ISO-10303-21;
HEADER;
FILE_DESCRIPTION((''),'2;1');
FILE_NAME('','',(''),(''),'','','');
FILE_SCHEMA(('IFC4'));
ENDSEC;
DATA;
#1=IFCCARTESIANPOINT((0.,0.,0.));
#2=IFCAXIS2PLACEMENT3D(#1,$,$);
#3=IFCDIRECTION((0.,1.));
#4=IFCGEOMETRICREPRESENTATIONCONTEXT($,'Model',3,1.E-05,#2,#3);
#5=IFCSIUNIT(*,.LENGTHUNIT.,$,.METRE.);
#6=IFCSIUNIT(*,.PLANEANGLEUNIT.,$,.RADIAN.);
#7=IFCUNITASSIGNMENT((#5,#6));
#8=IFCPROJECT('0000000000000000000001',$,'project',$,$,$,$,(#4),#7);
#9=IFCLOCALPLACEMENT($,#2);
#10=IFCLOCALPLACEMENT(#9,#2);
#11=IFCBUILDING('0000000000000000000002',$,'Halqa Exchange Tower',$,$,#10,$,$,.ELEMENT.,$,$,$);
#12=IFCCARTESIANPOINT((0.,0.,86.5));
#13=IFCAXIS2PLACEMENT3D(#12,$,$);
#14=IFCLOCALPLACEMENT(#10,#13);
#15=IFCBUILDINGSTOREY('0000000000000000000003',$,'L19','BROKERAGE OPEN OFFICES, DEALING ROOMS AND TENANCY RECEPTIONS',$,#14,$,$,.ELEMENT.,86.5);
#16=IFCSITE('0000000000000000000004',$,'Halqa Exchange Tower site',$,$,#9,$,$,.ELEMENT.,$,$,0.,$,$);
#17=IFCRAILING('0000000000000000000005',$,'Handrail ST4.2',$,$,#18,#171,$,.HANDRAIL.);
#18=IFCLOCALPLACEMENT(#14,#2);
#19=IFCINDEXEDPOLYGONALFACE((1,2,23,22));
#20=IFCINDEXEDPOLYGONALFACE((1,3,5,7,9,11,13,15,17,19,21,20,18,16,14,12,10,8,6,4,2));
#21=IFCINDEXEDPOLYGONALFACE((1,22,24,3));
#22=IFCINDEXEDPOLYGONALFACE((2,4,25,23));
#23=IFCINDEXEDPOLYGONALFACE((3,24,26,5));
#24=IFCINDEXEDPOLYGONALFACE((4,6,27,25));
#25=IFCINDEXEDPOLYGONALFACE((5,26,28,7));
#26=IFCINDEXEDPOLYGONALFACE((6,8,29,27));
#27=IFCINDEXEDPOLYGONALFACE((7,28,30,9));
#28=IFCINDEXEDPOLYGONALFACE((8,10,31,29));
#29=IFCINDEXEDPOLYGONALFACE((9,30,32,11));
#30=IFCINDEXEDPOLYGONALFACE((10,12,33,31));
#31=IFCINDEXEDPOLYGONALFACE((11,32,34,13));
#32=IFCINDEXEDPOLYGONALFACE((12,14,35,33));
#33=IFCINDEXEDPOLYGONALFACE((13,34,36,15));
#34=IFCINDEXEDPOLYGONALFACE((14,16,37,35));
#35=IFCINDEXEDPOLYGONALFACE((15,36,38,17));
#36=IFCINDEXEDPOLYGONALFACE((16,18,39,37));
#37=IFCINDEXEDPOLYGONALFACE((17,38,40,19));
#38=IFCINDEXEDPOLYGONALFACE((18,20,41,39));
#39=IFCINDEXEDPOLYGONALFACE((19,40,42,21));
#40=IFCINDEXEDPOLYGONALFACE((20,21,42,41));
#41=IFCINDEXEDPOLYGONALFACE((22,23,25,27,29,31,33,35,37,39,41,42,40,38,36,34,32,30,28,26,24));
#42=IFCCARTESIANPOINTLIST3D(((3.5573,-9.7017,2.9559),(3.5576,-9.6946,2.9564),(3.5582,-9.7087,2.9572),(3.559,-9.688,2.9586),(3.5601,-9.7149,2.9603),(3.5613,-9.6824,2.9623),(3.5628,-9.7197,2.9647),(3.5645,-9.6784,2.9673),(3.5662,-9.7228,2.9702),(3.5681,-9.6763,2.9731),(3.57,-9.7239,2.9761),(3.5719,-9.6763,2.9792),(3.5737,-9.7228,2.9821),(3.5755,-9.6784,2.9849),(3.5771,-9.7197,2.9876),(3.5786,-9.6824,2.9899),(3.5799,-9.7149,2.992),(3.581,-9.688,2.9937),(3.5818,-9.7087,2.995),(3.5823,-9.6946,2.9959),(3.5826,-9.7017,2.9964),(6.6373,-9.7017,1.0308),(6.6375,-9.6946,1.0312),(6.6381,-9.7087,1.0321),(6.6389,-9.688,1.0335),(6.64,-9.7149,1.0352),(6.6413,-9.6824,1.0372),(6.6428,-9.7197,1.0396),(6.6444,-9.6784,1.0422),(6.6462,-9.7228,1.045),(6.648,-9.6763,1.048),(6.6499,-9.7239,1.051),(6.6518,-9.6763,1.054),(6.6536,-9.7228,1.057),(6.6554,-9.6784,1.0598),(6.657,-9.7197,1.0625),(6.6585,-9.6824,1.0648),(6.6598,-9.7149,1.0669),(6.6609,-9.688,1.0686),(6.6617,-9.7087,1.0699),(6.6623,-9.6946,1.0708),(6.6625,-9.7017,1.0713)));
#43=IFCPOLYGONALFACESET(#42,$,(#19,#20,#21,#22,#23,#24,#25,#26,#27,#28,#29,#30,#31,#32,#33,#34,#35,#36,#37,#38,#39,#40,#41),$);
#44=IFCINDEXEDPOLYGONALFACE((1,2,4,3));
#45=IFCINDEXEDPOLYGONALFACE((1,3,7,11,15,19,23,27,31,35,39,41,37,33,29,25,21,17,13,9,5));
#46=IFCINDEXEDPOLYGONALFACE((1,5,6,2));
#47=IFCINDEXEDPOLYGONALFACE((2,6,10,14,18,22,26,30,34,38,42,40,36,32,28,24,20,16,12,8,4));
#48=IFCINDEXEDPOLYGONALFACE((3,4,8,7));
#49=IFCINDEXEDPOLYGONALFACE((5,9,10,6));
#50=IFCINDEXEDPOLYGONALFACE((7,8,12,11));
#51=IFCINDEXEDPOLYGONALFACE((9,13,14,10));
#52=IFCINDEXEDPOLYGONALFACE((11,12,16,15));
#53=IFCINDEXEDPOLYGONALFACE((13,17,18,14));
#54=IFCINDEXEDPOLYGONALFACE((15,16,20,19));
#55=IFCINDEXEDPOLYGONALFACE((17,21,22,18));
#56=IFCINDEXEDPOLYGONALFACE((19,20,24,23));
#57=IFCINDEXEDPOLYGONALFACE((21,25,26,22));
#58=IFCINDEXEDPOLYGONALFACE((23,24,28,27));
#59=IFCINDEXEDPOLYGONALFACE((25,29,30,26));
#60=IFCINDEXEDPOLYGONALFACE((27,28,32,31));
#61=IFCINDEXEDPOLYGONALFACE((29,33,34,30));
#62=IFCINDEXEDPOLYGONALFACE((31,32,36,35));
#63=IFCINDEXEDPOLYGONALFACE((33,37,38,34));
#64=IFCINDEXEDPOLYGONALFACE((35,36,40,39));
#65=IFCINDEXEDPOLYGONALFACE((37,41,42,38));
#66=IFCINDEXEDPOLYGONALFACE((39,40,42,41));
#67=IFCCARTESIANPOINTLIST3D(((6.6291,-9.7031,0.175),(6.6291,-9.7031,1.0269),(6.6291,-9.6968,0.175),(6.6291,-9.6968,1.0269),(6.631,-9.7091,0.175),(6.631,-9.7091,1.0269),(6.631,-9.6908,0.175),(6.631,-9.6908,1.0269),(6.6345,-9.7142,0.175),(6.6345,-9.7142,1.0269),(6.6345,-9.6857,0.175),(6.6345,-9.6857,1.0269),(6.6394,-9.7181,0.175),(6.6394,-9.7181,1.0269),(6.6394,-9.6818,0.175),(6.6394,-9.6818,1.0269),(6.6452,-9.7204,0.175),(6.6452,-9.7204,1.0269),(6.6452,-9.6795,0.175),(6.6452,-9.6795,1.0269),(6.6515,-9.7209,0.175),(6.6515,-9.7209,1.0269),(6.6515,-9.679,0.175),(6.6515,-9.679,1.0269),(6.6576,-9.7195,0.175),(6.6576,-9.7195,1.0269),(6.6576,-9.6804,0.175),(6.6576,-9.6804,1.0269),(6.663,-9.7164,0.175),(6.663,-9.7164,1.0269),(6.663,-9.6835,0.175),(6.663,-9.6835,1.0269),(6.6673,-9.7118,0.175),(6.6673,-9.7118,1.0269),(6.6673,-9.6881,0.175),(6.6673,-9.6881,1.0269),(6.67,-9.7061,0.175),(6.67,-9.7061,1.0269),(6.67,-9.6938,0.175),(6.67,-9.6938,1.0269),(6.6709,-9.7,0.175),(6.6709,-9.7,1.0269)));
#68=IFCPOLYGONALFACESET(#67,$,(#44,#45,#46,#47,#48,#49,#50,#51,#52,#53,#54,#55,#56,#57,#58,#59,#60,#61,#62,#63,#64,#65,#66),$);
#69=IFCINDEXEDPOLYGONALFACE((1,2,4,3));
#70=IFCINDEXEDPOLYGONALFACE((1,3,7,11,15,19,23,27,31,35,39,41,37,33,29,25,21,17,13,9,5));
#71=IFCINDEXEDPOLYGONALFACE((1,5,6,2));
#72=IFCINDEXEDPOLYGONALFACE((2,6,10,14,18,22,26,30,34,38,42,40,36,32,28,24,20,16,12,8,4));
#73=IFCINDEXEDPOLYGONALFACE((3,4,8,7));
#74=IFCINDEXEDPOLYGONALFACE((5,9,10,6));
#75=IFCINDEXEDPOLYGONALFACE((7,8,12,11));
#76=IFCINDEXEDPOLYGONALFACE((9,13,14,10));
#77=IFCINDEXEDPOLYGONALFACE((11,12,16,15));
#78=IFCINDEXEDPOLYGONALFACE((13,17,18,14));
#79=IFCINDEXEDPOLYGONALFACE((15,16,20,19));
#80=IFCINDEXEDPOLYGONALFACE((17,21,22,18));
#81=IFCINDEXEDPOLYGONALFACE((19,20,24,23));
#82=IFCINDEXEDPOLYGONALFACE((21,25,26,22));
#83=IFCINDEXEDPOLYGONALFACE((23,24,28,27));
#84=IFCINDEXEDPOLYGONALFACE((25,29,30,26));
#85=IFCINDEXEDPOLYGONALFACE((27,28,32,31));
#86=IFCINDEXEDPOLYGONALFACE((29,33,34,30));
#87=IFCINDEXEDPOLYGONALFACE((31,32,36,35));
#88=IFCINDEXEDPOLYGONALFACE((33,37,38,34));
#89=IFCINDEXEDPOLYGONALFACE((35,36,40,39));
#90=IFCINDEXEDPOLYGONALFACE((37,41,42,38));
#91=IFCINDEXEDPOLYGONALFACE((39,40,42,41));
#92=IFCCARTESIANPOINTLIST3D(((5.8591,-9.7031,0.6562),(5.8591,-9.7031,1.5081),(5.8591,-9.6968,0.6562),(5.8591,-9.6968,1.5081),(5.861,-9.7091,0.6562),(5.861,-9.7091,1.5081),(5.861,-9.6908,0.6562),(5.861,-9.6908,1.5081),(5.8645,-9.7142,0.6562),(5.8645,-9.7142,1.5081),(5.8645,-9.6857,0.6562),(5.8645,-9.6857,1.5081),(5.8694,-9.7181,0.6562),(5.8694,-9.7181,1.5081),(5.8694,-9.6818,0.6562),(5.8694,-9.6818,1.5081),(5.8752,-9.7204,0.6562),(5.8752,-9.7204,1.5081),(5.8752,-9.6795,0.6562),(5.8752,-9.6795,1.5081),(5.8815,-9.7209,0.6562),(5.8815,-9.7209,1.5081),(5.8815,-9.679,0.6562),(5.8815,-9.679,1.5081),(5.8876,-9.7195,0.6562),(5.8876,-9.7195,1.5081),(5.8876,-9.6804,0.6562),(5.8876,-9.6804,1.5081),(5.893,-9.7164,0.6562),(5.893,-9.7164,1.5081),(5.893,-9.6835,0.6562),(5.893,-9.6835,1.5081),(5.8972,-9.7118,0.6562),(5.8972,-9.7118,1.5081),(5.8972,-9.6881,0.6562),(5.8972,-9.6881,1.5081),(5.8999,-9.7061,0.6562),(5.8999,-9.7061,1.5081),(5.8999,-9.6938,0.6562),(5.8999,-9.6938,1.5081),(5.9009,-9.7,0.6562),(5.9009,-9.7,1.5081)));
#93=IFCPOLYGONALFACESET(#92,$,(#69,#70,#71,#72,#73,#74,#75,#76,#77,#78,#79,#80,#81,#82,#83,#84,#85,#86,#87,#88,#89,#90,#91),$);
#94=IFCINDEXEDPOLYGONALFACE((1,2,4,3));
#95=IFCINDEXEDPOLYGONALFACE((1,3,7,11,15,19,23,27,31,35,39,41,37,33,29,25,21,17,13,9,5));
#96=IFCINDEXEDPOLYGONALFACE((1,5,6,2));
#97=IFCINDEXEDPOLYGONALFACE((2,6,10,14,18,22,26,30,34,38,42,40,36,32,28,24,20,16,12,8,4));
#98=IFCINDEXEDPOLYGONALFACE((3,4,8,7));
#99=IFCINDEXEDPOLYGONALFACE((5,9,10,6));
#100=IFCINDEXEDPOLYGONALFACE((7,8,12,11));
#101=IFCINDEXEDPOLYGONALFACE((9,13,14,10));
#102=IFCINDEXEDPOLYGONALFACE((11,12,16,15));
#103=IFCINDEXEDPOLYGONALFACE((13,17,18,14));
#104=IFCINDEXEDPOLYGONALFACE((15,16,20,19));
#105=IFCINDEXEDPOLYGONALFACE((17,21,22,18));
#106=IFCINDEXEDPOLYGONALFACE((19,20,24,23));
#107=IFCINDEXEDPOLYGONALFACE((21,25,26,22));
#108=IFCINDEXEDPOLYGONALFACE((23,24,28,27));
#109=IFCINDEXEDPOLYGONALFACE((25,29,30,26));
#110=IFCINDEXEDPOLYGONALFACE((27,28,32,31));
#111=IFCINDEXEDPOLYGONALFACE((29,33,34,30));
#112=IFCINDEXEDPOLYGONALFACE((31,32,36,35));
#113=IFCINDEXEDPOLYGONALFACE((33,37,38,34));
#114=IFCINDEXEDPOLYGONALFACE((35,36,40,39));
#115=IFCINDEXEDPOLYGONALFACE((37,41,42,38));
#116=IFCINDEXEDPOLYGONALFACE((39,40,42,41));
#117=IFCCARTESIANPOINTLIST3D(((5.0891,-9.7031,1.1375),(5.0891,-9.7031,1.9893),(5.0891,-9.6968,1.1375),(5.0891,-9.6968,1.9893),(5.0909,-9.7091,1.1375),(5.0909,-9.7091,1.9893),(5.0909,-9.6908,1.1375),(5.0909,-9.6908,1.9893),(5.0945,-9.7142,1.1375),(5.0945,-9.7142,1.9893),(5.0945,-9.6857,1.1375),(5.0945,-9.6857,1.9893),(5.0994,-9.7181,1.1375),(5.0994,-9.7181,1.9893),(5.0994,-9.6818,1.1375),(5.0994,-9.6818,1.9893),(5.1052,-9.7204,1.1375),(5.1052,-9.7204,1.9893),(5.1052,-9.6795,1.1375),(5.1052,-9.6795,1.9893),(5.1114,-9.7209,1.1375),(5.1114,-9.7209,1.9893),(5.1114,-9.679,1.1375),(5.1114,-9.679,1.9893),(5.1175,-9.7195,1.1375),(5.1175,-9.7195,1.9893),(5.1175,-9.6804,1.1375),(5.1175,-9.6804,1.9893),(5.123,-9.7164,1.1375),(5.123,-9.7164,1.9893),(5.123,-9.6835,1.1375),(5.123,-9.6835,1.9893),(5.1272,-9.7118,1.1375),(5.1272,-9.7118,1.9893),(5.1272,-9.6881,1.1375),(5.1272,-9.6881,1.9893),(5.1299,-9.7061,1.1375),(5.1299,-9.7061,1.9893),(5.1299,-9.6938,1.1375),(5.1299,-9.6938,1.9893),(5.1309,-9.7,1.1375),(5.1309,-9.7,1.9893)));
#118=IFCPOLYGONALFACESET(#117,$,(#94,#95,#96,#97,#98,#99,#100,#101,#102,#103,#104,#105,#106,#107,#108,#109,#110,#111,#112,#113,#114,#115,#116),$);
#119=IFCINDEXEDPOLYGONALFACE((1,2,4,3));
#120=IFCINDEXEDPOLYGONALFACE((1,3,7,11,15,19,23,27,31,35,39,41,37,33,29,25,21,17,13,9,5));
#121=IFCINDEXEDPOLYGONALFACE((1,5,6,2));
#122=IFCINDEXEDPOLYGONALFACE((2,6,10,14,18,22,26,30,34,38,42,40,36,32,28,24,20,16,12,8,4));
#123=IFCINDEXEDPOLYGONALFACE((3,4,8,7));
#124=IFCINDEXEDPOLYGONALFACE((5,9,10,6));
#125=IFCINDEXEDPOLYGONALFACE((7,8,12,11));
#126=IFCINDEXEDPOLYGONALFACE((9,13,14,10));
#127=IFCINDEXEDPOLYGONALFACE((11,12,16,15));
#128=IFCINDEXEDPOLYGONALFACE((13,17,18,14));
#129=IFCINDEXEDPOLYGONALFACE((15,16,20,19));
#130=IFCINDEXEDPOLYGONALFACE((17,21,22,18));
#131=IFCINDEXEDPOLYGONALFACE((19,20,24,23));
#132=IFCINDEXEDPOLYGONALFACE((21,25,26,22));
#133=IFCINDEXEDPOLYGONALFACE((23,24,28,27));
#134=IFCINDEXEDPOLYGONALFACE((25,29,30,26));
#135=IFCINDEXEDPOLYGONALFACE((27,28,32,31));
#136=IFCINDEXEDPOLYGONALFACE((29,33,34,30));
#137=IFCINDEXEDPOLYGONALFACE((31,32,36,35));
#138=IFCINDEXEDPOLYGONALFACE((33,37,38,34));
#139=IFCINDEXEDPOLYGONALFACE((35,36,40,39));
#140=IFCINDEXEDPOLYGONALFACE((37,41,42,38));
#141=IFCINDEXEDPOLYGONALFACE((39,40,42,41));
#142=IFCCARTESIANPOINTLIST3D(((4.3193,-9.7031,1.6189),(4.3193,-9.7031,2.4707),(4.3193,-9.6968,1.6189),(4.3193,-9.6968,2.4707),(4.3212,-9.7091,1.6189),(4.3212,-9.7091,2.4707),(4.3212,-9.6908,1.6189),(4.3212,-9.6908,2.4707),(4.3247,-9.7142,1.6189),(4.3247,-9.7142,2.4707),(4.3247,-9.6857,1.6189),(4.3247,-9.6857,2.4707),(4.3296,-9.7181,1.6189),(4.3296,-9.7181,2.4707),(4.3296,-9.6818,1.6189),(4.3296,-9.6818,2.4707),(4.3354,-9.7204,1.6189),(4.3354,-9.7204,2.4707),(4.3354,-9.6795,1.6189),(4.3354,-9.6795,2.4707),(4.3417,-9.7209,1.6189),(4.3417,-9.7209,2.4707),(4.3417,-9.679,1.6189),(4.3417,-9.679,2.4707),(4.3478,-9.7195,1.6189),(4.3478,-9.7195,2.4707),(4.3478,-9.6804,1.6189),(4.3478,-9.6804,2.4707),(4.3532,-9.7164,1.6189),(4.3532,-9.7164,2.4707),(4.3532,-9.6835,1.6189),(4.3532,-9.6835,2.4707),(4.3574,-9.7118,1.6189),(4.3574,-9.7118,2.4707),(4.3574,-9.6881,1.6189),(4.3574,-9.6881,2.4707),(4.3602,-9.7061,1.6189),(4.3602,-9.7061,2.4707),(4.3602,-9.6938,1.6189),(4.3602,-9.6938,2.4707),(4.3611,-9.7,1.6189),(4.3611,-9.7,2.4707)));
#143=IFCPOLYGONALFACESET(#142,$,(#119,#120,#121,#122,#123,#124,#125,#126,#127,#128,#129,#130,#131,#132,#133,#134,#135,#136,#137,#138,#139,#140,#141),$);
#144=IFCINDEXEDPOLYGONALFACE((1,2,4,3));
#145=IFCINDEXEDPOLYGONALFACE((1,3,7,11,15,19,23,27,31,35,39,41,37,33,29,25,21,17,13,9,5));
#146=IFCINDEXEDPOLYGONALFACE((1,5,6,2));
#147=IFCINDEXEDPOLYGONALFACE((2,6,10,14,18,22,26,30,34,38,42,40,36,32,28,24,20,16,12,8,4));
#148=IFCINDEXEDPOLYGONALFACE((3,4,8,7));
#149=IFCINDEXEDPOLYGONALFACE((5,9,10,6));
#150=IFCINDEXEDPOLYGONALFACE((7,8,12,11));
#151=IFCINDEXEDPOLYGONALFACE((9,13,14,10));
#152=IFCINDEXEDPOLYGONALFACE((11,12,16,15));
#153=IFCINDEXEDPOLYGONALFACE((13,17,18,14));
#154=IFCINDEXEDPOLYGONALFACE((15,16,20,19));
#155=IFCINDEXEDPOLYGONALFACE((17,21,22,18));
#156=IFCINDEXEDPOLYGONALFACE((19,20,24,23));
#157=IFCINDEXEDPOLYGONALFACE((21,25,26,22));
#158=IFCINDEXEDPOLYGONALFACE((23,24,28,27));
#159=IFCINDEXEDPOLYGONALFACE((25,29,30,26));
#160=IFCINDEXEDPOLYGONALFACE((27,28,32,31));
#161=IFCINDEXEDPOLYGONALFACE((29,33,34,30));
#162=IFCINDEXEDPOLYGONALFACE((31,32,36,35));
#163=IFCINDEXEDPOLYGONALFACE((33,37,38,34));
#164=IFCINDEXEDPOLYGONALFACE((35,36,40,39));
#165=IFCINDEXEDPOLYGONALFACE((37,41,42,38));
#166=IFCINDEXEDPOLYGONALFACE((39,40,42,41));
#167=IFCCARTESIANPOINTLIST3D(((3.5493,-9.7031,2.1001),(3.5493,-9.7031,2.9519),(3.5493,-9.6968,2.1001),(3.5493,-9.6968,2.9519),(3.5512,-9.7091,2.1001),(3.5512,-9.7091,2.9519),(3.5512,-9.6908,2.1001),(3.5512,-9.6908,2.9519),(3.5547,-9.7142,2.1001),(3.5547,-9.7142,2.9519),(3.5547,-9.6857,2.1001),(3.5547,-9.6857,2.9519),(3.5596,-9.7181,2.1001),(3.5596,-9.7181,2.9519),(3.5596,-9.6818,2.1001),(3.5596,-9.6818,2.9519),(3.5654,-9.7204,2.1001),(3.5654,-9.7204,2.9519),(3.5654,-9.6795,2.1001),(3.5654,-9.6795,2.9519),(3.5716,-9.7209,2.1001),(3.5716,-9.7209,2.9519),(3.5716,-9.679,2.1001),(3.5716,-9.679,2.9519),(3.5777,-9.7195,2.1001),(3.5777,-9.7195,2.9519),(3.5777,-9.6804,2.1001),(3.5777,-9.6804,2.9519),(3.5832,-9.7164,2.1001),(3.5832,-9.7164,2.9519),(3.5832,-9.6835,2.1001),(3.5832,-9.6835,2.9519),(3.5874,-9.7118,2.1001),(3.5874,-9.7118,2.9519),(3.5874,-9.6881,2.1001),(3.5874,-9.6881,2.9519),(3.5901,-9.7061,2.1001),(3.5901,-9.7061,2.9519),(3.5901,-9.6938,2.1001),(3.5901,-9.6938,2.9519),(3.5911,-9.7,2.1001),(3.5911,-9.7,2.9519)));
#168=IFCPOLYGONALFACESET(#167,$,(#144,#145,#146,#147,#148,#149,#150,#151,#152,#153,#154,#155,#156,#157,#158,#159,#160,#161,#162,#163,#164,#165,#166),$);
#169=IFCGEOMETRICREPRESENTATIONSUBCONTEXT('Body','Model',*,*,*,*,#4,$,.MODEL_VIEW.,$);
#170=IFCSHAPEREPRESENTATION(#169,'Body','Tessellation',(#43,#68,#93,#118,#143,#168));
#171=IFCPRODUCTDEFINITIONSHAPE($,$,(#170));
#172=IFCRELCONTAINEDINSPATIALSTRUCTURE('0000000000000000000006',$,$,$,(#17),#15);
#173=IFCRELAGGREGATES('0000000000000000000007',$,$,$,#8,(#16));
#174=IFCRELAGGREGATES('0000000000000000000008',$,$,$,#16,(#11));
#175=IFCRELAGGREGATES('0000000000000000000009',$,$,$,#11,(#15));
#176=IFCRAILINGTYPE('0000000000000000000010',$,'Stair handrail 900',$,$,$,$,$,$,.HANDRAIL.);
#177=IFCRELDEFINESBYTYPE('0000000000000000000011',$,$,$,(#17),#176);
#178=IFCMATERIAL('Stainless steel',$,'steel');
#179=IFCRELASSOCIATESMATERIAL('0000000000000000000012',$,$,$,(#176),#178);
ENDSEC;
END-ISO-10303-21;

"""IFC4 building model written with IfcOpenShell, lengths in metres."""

from ifc_helpers import new_model, si_unit, direction, frame, origin, origin_2d, place, context, subcontext, project, spatial, circle, extrude, material, type_object, element, save


model = new_model("IFC4")

# Units and contexts
model_context = context("Model", 3, precision=1e-05, world=origin(), true_north=direction((0.0, 1.0)))
body_context = subcontext(model_context, "Body", "Model", "MODEL_VIEW")
ifc_project = project(units=[si_unit("LENGTHUNIT", "METRE"), si_unit("PLANEANGLEUNIT", "RADIAN")], contexts=[model_context])

# Site, building, storey
site_placement = place(None, origin())
site = spatial("IfcSite", under=ifc_project, at=site_placement, Name="Halqa Exchange Tower site", CompositionType="ELEMENT", RefElevation=0.0)
building_placement = place(site_placement, origin())
building = spatial("IfcBuilding", under=site, at=building_placement, Name="Halqa Exchange Tower", CompositionType="ELEMENT")
storey_placement = place(building_placement, frame((0.0, 0.0, 86.5)))
storey = spatial("IfcBuildingStorey", under=building, at=storey_placement, Name="L19", Description="BROKERAGE OPEN OFFICES, DEALING ROOMS AND TENANCY RECEPTIONS", CompositionType="ELEMENT", Elevation=86.5)

# Railing
ifc_material_1 = material(Name="Stainless steel", Category="steel")
railing_type_1 = type_object("IfcRailingType", Name="Stair handrail 900", PredefinedType="HANDRAIL", material=ifc_material_1)
railing_1_placement = place(storey_placement, frame((6.6499, -9.7, 0.175)))
element("IfcRailing", 1, at=railing_1_placement, inside=storey, type_object=railing_type_1, Name="Handrail ST4.2", PredefinedType="HANDRAIL", context=body_context, shape_type="SweptSolid", body=[
    extrude(circle(Radius=0.0239, at=origin_2d()), frame((0.0, 0.0, 0.876), z_axis=(-0.847979, 0.0, 0.530029), x_axis=(0.0, -1.0, 0.0)), (0.0, 0.0, 1.0), 3.6321),
    extrude(circle(Radius=0.021, at=origin_2d()), origin(), (0.0, 0.0, 1.0), 0.8518),
    extrude(circle(Radius=0.021, at=origin_2d()), frame((-0.77, 0.0, 0.4812)), (0.0, 0.0, 1.0), 0.8518),
    extrude(circle(Radius=0.021, at=origin_2d()), frame((-1.54, 0.0, 0.9624)), (0.0, 0.0, 1.0), 0.8518),
    extrude(circle(Radius=0.021, at=origin_2d()), frame((-2.3098, 0.0, 1.4438)), (0.0, 0.0, 1.0), 0.8518),
    extrude(circle(Radius=0.021, at=origin_2d()), frame((-3.0798, 0.0, 1.925)), (0.0, 0.0, 1.0), 0.8518),
])

save(model, "model.ifc")
